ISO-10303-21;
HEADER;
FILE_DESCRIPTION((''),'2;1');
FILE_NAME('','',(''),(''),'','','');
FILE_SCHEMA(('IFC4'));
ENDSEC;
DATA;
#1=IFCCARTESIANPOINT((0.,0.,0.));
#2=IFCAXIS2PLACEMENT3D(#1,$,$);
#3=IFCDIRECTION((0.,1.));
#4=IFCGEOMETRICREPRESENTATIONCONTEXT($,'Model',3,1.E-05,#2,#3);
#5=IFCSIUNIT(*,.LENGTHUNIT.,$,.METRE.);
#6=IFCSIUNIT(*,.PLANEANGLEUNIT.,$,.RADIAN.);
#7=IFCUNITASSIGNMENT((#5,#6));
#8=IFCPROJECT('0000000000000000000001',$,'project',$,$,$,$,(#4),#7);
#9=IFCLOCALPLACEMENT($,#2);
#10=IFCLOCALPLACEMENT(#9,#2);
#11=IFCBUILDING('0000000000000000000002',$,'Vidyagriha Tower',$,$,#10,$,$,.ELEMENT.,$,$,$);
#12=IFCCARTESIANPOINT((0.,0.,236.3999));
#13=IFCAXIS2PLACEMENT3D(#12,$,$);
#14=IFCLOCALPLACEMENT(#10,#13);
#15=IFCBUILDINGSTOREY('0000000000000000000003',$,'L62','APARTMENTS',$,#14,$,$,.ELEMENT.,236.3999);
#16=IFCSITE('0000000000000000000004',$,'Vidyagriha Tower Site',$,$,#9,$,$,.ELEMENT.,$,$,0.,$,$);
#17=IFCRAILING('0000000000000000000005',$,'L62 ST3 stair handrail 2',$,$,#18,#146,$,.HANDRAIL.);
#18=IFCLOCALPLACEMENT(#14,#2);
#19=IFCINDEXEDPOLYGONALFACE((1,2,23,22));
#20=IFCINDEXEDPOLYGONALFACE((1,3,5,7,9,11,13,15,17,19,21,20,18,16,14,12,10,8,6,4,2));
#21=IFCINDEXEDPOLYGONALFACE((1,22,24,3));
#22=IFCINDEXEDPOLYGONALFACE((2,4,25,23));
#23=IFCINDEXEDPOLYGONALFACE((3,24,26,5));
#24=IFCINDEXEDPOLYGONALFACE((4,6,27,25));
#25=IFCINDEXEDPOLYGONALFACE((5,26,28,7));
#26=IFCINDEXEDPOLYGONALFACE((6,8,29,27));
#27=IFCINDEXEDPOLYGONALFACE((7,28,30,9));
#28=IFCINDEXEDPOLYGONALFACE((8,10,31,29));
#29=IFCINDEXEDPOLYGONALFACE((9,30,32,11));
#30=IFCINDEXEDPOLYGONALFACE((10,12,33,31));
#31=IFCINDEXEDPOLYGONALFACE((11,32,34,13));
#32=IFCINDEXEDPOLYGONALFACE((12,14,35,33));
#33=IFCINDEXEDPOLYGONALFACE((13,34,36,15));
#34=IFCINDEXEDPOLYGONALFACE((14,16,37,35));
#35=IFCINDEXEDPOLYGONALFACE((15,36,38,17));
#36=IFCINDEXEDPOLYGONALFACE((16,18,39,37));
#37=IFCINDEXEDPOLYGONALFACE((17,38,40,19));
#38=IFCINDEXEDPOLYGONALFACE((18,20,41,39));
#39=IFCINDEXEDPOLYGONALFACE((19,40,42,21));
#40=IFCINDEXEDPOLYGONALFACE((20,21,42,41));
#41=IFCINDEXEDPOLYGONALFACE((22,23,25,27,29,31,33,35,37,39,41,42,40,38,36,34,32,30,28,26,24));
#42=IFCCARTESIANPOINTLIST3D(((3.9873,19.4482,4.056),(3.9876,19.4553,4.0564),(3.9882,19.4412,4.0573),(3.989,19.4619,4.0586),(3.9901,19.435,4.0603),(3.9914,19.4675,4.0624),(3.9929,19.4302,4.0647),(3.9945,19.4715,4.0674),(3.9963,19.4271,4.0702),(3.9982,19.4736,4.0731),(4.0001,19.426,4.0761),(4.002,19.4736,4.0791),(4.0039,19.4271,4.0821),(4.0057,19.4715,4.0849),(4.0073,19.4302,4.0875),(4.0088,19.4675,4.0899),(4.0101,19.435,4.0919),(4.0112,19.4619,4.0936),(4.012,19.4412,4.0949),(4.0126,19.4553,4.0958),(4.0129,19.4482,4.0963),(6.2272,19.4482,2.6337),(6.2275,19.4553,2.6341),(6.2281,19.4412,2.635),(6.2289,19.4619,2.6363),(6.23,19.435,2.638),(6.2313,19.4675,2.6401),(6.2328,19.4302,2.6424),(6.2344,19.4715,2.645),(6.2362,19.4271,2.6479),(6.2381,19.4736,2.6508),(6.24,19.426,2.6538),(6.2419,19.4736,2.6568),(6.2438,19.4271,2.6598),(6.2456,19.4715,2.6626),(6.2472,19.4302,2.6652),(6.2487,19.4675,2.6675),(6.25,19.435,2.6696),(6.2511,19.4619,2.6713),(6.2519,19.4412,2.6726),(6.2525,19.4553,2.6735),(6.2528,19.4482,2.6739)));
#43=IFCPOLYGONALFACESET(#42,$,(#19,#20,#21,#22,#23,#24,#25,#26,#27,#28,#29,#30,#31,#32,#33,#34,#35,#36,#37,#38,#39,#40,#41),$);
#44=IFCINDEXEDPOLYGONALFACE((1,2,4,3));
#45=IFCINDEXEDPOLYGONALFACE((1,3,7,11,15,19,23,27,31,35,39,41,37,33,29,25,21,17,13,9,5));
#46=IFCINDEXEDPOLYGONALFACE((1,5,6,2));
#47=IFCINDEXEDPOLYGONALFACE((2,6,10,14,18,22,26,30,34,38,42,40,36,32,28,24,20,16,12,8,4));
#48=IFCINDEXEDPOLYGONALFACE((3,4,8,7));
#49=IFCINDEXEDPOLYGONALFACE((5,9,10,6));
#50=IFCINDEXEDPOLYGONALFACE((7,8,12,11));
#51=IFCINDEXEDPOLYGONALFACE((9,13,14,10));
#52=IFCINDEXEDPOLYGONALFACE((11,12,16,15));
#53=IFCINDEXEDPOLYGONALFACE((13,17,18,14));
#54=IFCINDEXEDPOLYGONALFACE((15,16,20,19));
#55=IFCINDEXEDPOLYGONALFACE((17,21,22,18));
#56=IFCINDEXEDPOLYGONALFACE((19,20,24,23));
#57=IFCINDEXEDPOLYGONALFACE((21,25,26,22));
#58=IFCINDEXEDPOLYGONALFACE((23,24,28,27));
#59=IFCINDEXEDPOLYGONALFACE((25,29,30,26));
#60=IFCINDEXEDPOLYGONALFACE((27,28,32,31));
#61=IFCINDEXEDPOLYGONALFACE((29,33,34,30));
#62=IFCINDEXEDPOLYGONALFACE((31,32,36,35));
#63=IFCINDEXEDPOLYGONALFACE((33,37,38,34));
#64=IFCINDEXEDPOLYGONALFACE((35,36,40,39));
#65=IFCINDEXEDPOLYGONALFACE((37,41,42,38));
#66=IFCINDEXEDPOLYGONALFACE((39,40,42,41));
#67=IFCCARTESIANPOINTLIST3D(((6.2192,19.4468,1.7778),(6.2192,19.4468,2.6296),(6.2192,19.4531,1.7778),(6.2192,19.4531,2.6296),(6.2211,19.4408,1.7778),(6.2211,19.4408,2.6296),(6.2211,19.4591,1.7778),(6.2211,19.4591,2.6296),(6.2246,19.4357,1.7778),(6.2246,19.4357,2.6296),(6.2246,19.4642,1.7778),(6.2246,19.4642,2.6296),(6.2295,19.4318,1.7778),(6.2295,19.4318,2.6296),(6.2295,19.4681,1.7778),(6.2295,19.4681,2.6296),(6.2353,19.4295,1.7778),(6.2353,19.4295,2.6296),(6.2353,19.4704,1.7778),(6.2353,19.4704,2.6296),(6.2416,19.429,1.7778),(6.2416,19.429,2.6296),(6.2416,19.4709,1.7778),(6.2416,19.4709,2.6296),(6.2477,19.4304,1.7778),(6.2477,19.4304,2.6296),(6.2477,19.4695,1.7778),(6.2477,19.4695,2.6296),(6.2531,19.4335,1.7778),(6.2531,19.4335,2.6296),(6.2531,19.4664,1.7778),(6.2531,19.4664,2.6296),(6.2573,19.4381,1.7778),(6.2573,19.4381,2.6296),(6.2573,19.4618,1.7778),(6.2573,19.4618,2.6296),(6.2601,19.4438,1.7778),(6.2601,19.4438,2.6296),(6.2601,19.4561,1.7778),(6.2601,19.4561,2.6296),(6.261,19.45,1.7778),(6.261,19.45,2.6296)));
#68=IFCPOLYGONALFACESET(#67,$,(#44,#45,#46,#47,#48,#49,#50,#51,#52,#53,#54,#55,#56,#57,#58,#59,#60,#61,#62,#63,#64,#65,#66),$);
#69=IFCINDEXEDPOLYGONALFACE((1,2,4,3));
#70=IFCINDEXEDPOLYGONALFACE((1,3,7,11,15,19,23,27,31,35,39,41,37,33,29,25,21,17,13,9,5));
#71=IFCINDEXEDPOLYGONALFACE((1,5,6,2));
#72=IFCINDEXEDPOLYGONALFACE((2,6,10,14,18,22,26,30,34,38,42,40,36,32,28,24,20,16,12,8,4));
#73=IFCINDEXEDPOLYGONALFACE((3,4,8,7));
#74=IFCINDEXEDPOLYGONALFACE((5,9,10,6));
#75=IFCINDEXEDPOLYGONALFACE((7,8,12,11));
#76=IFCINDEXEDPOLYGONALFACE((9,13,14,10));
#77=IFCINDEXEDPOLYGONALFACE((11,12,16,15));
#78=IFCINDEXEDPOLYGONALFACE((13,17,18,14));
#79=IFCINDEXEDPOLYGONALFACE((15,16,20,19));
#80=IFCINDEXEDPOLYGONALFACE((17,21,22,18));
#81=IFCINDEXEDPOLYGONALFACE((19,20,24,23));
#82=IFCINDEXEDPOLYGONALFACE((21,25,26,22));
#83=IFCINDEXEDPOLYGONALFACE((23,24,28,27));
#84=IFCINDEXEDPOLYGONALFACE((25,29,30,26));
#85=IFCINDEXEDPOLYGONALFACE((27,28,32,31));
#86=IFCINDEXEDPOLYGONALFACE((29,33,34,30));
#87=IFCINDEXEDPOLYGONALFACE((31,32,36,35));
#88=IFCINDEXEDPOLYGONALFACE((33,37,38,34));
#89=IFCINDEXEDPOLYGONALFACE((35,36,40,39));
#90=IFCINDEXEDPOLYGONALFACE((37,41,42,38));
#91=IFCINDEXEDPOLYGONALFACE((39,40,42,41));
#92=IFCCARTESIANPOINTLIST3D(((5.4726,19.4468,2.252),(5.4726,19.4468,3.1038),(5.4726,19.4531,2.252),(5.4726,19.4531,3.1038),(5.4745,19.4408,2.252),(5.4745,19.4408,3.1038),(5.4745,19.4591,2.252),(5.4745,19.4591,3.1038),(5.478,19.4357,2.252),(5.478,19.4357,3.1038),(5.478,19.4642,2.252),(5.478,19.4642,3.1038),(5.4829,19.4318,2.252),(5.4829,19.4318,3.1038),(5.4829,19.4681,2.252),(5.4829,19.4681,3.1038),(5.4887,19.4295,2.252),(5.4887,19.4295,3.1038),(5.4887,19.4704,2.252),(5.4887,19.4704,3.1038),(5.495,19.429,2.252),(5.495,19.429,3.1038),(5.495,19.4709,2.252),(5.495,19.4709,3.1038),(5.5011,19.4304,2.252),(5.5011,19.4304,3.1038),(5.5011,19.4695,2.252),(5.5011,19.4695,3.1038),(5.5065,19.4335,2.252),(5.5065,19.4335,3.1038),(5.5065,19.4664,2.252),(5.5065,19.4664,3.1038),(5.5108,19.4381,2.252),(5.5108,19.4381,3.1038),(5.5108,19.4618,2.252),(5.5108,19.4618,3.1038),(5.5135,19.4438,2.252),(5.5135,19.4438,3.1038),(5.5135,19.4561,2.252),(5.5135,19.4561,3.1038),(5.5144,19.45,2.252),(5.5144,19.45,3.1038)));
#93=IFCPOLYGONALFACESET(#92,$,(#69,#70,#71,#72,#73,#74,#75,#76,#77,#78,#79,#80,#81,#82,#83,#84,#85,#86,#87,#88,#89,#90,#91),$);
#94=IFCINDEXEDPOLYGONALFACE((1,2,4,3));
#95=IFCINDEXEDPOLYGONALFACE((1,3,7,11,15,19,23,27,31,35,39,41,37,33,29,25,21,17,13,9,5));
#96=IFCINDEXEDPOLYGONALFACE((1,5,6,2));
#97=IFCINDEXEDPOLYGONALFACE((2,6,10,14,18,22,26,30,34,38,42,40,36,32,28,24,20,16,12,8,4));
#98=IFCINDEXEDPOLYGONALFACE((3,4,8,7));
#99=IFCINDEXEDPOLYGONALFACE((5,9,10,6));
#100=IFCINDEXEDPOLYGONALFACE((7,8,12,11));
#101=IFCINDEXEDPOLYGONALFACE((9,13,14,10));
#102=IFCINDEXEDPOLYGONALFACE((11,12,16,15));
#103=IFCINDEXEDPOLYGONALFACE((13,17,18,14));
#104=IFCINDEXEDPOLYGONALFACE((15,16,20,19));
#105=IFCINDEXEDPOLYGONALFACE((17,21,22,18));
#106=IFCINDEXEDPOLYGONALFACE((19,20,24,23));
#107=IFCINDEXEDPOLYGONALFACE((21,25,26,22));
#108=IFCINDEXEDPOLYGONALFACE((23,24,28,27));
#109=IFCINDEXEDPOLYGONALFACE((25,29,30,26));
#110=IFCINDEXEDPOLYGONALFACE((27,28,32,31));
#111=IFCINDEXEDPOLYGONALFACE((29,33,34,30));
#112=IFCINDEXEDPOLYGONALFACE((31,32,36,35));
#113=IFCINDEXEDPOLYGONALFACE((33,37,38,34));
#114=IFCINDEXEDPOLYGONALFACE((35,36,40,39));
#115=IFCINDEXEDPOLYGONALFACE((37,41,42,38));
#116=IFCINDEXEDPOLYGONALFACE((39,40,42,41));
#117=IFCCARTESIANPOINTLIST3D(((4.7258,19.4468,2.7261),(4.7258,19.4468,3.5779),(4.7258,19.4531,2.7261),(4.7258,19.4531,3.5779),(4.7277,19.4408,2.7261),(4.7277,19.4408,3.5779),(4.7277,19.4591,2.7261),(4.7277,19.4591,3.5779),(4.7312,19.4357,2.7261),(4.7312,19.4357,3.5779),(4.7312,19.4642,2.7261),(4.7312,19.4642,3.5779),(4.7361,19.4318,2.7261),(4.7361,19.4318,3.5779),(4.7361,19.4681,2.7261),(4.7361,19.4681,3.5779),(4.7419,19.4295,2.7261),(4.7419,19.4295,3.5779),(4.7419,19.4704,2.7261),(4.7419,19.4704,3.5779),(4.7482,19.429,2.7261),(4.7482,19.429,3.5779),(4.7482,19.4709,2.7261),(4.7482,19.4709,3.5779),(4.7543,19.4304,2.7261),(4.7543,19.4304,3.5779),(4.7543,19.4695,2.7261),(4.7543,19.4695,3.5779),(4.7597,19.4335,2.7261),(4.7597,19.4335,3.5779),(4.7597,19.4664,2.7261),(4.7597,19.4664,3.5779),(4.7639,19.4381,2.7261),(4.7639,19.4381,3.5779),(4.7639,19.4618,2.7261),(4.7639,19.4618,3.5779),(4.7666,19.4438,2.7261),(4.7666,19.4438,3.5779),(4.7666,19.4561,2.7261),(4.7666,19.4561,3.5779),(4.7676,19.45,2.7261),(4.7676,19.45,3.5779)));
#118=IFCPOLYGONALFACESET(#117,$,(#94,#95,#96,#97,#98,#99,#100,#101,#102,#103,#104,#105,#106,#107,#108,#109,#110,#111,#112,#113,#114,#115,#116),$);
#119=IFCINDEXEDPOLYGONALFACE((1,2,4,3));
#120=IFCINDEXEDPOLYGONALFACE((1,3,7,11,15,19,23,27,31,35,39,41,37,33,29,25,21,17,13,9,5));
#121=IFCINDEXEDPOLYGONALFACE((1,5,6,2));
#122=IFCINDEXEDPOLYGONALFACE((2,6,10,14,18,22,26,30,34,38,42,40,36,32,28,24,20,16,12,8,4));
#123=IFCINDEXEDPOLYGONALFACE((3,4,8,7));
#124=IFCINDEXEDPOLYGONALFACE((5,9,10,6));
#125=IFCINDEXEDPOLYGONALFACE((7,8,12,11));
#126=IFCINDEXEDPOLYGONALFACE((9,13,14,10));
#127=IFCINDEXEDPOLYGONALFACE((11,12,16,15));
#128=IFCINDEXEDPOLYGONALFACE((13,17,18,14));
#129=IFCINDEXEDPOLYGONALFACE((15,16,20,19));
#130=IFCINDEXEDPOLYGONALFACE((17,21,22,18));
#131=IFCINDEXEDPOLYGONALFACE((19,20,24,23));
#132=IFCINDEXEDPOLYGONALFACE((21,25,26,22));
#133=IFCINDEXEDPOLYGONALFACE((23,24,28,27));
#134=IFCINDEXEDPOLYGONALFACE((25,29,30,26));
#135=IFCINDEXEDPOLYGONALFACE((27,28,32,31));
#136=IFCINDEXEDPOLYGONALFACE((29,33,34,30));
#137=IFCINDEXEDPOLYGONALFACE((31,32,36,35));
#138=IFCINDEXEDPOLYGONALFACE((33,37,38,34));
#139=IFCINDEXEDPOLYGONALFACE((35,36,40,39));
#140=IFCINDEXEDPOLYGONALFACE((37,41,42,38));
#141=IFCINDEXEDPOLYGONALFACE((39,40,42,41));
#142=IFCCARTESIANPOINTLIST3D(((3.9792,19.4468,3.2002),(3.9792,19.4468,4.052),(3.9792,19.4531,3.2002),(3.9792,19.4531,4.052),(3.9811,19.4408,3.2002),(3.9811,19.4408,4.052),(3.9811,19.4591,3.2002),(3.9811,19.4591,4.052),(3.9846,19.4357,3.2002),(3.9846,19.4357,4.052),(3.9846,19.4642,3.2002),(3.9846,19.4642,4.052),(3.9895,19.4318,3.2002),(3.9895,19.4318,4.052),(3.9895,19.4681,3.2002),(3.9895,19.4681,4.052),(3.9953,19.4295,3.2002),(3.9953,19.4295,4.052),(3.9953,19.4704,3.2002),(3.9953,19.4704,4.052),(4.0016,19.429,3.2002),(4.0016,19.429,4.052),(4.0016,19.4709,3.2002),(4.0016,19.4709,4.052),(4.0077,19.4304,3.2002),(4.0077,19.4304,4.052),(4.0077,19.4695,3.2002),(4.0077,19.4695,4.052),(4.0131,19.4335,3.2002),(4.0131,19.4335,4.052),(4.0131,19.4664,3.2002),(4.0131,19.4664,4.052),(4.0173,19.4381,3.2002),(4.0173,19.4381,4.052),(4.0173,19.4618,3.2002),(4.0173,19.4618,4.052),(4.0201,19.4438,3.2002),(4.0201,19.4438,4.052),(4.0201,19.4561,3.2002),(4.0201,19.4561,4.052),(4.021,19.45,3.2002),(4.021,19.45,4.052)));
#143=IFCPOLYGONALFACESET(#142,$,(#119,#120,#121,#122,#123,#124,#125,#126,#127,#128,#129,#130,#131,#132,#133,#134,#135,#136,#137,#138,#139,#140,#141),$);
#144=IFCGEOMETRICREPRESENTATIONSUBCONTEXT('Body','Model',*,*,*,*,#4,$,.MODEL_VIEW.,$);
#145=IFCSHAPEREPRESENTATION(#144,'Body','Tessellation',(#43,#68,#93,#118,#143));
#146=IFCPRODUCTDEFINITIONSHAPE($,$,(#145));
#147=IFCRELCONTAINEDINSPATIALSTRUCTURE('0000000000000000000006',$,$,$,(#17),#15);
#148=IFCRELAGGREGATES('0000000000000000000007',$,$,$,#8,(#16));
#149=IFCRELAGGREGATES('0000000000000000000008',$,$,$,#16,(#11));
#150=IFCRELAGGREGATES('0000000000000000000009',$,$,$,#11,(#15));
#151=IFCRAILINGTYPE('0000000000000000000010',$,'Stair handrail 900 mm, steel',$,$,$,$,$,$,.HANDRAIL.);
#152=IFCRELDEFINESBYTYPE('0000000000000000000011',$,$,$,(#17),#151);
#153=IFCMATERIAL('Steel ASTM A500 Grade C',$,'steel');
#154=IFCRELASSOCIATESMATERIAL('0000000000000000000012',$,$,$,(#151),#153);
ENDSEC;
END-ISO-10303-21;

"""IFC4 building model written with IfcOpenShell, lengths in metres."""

from ifc_helpers import new_model, si_unit, direction, frame, origin, origin_2d, place, context, subcontext, project, spatial, circle, extrude, material, type_object, element, save


model = new_model("IFC4")

# Units and contexts
model_context = context("Model", 3, precision=1e-05, world=origin(), true_north=direction((0.0, 1.0)))
body_context = subcontext(model_context, "Body", "Model", "MODEL_VIEW")
ifc_project = project(units=[si_unit("LENGTHUNIT", "METRE"), si_unit("PLANEANGLEUNIT", "RADIAN")], contexts=[model_context])

# Site, building, storey
site_placement = place(None, origin())
site = spatial("IfcSite", under=ifc_project, at=site_placement, Name="Vidyagriha Tower Site", CompositionType="ELEMENT", RefElevation=0.0)
building_placement = place(site_placement, origin())
building = spatial("IfcBuilding", under=site, at=building_placement, Name="Vidyagriha Tower", CompositionType="ELEMENT")
storey_placement = place(building_placement, frame((0.0, 0.0, 236.3999)))
storey = spatial("IfcBuildingStorey", under=building, at=storey_placement, Name="L62", Description="APARTMENTS", CompositionType="ELEMENT", Elevation=236.3999)

# Railing
ifc_material_1 = material(Name="Steel ASTM A500 Grade C", Category="steel")
railing_type_1 = type_object("IfcRailingType", Name="Stair handrail 900 mm, steel", PredefinedType="HANDRAIL", material=ifc_material_1)
railing_1_placement = place(storey_placement, frame((6.24, 19.45, 1.7778)))
element("IfcRailing", 1, at=railing_1_placement, inside=storey, type_object=railing_type_1, Name="L62 ST3 stair handrail 2", PredefinedType="HANDRAIL", context=body_context, shape_type="SweptSolid", body=[
    extrude(circle(Radius=0.0239, at=origin_2d()), frame((0.0, 0.0, 0.876), z_axis=(-0.844188, 0.0, 0.536048), x_axis=(0.0, -1.0, 0.0)), (0.0, 0.0, 1.0), 2.6533),
    extrude(circle(Radius=0.021, at=origin_2d()), origin(), (0.0, 0.0, 1.0), 0.8518),
    extrude(circle(Radius=0.021, at=origin_2d()), frame((-0.7466, 0.0, 0.4741)), (0.0, 0.0, 1.0), 0.8518),
    extrude(circle(Radius=0.021, at=origin_2d()), frame((-1.4934, 0.0, 0.9482)), (0.0, 0.0, 1.0), 0.8518),
    extrude(circle(Radius=0.021, at=origin_2d()), frame((-2.24, 0.0, 1.4224)), (0.0, 0.0, 1.0), 0.8518),
])

save(model, "model.ifc")
